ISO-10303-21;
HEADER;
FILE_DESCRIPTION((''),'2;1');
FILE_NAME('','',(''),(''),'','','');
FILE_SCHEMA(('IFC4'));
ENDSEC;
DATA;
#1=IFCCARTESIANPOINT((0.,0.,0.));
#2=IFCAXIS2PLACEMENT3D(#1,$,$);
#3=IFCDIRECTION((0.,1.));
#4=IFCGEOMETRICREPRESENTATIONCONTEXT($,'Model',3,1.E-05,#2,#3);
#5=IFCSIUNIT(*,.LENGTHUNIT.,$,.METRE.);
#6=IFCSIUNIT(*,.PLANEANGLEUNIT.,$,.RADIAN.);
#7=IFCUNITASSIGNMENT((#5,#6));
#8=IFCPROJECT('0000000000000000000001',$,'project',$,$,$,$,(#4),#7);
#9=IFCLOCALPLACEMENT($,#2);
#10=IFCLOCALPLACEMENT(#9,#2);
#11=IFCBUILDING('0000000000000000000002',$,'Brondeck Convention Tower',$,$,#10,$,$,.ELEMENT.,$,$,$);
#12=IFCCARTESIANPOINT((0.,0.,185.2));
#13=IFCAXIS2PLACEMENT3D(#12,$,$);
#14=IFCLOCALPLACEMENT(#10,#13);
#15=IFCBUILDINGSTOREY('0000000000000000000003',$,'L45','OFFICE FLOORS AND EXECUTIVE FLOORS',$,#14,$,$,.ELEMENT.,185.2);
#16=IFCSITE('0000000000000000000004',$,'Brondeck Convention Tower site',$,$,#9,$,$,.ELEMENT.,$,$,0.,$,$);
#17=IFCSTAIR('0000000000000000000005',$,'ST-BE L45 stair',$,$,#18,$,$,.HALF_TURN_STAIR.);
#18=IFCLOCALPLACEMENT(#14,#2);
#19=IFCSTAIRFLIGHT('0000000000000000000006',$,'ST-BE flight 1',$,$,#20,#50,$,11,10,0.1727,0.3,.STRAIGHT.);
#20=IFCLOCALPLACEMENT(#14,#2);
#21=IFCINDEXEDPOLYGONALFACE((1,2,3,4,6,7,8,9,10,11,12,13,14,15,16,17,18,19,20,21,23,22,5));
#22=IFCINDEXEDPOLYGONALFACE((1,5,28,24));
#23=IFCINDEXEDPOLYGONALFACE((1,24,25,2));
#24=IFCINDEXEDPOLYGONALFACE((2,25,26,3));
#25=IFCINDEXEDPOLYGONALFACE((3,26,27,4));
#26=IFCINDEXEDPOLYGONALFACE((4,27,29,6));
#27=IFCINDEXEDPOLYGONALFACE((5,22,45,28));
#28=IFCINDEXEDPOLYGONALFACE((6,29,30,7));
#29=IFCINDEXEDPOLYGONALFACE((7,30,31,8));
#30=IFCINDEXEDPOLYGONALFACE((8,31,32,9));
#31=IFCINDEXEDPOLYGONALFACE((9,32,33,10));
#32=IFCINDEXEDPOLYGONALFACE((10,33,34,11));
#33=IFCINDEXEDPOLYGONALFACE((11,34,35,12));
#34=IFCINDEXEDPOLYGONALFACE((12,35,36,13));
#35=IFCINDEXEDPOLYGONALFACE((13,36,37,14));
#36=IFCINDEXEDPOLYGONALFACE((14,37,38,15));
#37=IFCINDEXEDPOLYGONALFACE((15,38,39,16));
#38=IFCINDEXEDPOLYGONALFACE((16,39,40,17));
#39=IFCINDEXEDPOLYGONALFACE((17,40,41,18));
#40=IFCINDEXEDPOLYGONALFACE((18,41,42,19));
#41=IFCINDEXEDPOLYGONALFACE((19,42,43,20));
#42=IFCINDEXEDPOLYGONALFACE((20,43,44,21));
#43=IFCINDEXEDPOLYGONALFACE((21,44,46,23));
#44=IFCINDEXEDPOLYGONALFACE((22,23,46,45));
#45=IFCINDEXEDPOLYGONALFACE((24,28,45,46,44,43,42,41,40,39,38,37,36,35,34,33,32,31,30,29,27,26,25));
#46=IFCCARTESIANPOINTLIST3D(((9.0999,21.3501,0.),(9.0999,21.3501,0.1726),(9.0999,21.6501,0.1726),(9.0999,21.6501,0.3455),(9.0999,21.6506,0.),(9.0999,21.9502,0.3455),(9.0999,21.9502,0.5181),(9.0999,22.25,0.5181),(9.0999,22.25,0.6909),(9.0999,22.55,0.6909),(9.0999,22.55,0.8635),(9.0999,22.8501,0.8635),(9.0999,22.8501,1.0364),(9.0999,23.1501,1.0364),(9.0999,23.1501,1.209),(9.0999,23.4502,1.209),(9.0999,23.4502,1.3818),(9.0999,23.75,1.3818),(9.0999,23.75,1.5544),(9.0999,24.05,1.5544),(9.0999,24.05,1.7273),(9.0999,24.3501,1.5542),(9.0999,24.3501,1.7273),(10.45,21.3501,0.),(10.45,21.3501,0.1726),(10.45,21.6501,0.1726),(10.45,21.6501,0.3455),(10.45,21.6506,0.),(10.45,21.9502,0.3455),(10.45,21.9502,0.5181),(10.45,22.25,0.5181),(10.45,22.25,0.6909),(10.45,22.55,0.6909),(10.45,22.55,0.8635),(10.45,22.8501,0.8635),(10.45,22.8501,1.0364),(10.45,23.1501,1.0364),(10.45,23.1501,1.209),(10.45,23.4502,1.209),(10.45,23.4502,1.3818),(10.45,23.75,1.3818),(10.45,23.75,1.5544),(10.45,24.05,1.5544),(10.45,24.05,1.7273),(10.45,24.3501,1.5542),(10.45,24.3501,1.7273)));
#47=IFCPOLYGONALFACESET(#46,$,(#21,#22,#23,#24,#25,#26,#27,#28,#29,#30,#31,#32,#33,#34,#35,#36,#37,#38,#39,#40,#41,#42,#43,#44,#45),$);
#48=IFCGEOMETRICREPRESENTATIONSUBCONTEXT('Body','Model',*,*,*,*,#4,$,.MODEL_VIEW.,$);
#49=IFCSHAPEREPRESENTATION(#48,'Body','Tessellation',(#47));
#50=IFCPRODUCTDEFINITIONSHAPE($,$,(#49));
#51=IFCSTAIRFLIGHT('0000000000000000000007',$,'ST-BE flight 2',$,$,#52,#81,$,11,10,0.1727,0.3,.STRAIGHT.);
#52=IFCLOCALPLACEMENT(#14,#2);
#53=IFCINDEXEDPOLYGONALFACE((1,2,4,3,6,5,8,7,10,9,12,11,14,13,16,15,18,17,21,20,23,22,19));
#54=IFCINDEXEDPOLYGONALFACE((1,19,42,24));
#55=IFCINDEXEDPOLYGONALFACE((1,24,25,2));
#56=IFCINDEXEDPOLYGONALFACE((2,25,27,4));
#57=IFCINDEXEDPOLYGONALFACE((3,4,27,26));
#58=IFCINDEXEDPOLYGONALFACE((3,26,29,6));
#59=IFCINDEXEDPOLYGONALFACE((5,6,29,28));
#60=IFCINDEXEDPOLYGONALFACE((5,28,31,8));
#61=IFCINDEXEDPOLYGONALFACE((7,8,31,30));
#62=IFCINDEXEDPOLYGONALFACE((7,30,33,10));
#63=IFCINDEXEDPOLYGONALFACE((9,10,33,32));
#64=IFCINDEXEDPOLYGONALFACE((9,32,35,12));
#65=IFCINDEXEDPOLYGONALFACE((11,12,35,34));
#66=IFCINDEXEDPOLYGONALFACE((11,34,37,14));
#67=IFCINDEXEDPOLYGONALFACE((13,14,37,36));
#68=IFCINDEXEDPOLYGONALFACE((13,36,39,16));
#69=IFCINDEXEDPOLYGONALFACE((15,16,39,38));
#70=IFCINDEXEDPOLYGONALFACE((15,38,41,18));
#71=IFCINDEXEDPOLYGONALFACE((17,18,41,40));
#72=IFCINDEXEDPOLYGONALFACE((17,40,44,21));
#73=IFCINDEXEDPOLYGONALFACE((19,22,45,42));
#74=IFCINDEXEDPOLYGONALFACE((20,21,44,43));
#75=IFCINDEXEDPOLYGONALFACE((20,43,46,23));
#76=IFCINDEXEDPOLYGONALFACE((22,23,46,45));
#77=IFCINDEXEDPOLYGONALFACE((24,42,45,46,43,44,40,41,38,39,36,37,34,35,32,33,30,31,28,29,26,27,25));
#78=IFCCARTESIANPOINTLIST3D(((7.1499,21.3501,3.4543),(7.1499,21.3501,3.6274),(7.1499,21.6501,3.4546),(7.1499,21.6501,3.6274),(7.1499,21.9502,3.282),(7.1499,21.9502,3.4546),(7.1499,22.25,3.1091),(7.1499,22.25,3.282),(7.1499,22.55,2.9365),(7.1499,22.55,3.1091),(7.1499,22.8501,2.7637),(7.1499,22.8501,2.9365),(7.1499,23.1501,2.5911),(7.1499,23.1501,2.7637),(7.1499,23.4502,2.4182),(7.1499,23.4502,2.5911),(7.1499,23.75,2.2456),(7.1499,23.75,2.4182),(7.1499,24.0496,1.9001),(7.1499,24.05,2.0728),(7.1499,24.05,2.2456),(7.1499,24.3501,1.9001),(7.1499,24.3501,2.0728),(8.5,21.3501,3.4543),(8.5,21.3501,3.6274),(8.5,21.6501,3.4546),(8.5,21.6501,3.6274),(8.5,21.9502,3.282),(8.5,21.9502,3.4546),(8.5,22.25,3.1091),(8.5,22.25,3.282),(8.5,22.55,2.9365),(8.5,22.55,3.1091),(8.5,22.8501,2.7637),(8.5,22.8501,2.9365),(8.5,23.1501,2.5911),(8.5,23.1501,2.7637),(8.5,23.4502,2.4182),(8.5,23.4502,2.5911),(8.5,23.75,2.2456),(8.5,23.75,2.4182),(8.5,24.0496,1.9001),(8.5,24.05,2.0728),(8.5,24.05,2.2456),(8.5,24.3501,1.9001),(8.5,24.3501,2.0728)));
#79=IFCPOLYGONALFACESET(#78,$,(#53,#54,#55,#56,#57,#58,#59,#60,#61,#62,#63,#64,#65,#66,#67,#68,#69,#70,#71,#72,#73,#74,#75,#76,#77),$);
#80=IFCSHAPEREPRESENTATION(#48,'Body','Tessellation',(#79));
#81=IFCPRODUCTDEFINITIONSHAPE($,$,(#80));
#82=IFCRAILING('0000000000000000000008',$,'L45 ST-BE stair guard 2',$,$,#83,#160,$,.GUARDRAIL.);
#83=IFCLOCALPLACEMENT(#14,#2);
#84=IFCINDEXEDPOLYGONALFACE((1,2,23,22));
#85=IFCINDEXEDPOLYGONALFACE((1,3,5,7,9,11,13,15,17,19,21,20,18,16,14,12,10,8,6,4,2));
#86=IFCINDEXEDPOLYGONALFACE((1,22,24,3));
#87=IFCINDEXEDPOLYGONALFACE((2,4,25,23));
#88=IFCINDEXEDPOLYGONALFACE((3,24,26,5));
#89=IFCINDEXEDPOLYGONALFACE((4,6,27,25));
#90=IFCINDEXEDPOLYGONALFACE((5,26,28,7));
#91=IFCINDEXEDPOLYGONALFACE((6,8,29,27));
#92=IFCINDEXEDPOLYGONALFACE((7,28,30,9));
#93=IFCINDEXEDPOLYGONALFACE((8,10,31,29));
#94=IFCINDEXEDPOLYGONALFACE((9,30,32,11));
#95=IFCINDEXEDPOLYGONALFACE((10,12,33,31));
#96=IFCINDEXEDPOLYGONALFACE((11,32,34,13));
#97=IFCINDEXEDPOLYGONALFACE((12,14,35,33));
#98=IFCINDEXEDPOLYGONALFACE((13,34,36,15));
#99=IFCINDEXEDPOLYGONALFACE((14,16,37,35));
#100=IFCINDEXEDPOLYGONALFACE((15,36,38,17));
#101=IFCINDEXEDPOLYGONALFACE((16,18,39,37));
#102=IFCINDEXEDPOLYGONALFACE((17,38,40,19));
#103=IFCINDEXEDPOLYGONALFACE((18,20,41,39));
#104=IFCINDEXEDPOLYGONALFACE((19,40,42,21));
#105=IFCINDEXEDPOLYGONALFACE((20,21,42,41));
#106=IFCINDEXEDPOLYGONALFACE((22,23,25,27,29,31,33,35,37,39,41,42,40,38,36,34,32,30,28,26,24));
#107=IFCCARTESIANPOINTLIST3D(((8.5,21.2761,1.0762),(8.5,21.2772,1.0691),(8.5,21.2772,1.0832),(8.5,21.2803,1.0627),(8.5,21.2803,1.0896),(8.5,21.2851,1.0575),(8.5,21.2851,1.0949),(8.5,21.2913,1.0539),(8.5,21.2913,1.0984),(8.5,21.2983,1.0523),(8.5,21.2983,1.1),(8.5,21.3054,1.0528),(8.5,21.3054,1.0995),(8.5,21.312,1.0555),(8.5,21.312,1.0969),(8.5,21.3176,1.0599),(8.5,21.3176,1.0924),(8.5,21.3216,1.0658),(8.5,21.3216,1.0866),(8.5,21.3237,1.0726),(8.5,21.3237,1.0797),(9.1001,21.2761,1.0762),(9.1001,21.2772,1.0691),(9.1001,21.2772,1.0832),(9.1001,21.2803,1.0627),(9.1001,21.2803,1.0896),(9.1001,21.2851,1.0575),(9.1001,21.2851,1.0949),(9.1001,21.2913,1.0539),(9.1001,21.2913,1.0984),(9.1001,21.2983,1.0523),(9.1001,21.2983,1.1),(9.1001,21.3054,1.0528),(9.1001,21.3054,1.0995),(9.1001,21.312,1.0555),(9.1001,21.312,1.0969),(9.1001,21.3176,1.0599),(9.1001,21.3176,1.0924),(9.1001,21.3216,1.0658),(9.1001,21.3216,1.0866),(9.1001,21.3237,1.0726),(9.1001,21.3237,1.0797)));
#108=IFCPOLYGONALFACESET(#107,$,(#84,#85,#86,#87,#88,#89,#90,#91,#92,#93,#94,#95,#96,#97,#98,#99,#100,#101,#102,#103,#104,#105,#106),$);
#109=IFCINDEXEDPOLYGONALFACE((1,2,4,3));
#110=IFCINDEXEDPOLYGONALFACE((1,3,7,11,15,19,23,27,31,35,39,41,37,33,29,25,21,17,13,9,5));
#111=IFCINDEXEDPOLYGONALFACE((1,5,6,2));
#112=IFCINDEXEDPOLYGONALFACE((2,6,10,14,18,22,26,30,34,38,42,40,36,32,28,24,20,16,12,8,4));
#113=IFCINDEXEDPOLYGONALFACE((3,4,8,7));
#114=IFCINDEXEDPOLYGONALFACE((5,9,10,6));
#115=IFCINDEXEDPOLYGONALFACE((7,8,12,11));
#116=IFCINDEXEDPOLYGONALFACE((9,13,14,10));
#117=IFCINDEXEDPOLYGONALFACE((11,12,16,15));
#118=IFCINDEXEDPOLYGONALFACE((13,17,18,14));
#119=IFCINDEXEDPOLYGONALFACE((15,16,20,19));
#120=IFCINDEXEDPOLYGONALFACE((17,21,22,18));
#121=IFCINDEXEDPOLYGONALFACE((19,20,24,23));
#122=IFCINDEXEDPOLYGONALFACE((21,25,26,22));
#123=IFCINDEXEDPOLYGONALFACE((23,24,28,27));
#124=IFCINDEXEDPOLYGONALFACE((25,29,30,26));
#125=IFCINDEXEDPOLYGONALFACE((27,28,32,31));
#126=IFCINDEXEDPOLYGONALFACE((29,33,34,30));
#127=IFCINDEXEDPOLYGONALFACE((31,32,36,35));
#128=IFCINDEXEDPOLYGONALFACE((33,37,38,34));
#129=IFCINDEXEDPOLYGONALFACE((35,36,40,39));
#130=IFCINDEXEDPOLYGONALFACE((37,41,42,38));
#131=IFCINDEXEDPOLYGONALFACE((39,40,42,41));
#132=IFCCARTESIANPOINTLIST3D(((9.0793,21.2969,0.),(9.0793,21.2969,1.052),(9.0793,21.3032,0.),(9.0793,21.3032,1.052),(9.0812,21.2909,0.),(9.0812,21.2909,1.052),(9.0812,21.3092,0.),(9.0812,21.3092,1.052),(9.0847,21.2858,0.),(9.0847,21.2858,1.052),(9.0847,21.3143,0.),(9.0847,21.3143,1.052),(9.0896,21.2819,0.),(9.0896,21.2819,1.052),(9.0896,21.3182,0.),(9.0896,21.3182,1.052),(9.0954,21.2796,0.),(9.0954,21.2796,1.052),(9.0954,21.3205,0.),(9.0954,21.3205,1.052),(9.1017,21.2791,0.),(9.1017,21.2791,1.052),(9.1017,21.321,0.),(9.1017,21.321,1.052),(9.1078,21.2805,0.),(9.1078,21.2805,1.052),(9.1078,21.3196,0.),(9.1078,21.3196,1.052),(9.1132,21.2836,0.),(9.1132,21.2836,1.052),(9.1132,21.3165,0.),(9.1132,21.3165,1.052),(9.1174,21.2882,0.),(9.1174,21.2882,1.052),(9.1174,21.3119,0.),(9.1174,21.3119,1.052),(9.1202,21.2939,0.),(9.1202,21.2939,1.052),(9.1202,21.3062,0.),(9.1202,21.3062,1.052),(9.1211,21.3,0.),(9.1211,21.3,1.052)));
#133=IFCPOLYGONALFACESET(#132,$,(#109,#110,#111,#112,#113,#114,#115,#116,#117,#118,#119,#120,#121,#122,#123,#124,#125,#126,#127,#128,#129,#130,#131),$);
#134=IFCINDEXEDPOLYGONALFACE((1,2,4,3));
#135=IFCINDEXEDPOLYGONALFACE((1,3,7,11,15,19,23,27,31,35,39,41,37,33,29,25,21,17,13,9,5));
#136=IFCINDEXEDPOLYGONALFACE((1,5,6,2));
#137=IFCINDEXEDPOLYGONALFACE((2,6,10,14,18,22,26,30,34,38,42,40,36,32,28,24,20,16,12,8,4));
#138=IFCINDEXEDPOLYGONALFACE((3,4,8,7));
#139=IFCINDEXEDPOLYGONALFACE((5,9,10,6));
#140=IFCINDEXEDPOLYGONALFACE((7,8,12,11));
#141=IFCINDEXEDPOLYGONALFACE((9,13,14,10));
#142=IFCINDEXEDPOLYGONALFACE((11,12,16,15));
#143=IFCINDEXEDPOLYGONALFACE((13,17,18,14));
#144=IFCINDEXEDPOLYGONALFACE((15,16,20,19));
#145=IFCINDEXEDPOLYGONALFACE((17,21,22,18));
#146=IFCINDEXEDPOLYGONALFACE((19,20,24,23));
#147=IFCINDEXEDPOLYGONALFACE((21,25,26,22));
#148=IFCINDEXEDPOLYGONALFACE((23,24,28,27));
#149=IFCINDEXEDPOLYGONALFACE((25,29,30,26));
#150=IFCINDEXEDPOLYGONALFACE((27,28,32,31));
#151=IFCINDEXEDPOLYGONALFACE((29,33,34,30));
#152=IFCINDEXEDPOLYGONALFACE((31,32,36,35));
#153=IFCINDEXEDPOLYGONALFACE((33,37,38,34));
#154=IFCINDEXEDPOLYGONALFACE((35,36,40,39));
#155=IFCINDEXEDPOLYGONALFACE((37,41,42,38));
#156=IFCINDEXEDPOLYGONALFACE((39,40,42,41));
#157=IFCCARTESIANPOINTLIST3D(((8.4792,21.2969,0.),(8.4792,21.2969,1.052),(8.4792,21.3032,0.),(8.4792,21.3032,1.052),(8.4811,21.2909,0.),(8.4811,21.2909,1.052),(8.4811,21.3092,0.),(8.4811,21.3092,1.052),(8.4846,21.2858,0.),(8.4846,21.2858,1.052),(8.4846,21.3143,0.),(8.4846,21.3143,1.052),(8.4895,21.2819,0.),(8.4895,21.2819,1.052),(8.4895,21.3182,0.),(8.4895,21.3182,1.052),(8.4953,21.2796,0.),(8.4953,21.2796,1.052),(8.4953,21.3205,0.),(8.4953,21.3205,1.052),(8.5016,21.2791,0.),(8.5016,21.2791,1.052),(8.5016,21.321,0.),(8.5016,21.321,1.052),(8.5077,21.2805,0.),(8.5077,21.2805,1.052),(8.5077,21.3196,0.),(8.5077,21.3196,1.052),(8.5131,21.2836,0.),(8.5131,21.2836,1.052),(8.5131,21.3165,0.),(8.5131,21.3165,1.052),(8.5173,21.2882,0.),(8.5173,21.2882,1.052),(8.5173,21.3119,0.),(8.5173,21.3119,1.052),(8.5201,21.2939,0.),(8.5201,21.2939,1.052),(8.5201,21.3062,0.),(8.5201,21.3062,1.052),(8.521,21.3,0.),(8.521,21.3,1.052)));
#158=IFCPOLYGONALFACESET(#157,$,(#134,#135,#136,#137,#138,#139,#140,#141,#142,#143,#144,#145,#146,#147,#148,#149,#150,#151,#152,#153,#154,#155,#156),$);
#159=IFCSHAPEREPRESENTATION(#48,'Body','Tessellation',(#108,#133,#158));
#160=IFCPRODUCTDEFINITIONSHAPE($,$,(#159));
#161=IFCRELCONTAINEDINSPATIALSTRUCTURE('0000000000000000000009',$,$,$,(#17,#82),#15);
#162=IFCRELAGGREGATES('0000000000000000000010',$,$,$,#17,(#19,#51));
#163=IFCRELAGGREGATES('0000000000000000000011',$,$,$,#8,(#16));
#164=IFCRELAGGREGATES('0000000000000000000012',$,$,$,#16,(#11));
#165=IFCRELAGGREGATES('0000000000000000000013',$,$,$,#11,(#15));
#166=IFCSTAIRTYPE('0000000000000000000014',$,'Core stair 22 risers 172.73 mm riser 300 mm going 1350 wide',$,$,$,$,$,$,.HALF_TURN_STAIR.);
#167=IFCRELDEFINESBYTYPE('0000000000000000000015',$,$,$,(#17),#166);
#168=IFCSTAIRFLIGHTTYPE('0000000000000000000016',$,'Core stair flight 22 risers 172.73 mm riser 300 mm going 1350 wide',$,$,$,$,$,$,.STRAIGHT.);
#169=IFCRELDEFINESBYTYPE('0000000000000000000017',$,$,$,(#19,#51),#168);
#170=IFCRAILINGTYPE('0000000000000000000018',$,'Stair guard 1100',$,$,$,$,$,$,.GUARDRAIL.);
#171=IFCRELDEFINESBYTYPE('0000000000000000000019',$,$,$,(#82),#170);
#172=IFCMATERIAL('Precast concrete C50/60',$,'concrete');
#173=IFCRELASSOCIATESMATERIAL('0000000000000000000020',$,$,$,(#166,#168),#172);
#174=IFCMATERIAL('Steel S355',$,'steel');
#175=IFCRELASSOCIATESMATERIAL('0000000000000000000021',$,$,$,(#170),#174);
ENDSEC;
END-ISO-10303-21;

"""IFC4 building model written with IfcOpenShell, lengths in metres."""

from ifc_helpers import new_model, si_unit, direction, frame, origin, origin_2d, place, context, subcontext, project, spatial, polyline, circle, outline, extrude, material, type_object, element, aggregate, save


model = new_model("IFC4")

# Units and contexts
model_context = context("Model", 3, precision=1e-05, world=origin(), true_north=direction((0.0, 1.0)))
body_context = subcontext(model_context, "Body", "Model", "MODEL_VIEW")
ifc_project = project(units=[si_unit("LENGTHUNIT", "METRE"), si_unit("PLANEANGLEUNIT", "RADIAN")], contexts=[model_context])

# Site, building, storey
site_placement = place(None, origin())
site = spatial("IfcSite", under=ifc_project, at=site_placement, Name="Brondeck Convention Tower site", CompositionType="ELEMENT", RefElevation=0.0)
building_placement = place(site_placement, origin())
building = spatial("IfcBuilding", under=site, at=building_placement, Name="Brondeck Convention Tower", CompositionType="ELEMENT")
storey_placement = place(building_placement, frame((0.0, 0.0, 185.2)))
storey = spatial("IfcBuildingStorey", under=building, at=storey_placement, Name="L45", Description="OFFICE FLOORS AND EXECUTIVE FLOORS", CompositionType="ELEMENT", Elevation=185.2)

# Shared definitions
ifc_material_1 = material(Name="Steel S355", Category="steel")

# Stair, stair flights
ifc_material_2 = material(Name="Precast concrete C50/60", Category="concrete")
stair_type = type_object("IfcStairType", Name="Core stair 22 risers 172.73 mm riser 300 mm going 1350 wide", PredefinedType="HALF_TURN_STAIR", material=ifc_material_2)
stair_placement = place(storey_placement, origin())
stair = element("IfcStair", 1, at=stair_placement, inside=storey, type_object=stair_type, Name="ST-BE L45 stair", PredefinedType="HALF_TURN_STAIR")
stair_flight_type = type_object("IfcStairFlightType", Name="Core stair flight 22 risers 172.73 mm riser 300 mm going 1350 wide", PredefinedType="STRAIGHT", material=ifc_material_2)
stair_flight_1_placement = place(storey_placement, frame((9.7749, 21.3501, 0.0), z_axis=(0.0, 0.0, 1.0), x_axis=(0.0, 1.0, 0.0)))
stair_flight_1 = element("IfcStairFlight", 2, at=stair_flight_1_placement, type_object=stair_flight_type, Name="ST-BE flight 1", NumberOfRisers=11, NumberOfTreads=10, PredefinedType="STRAIGHT", RiserHeight=0.1727, TreadLength=0.3, context=body_context, shape_type="SweptSolid", body=[
    extrude(outline(polyline([(0.0, 0.0), (0.0, 0.1726), (0.3, 0.1726), (0.3, 0.3455), (0.6001, 0.3455), (0.6001, 0.5181), (0.8999, 0.5181), (0.8999, 0.6909), (1.2, 0.6909), (1.2, 0.8635), (1.5, 0.8635), (1.5, 1.0364), (1.8, 1.0364), (1.8, 1.209), (2.1001, 1.209), (2.1001, 1.3818), (2.3999, 1.3818), (2.3999, 1.5544), (2.7, 1.5544), (2.7, 1.7273), (3.0, 1.7273), (3.0, 1.8999), (3.0, 1.5542), (0.3005, 0.0), (0.0, 0.0)])), frame((0.0, 0.675, 0.0), z_axis=(0.0, -1.0, 0.0), x_axis=(1.0, 0.0, 0.0)), (0.0, 0.0, 1.0), 1.3501),
])
stair_flight_2_placement = place(storey_placement, frame((7.825, 24.3501, 1.9001), z_axis=(0.0, 0.0, 1.0), x_axis=(0.0, -1.0, 0.0)))
stair_flight_2 = element("IfcStairFlight", 3, at=stair_flight_2_placement, type_object=stair_flight_type, Name="ST-BE flight 2", NumberOfRisers=11, NumberOfTreads=10, PredefinedType="STRAIGHT", RiserHeight=0.1727, TreadLength=0.3, context=body_context, shape_type="SweptSolid", body=[
    extrude(outline(polyline([(0.0, 0.0), (0.0, 0.1726), (0.3, 0.1726), (0.3, 0.3455), (0.6001, 0.3455), (0.6001, 0.5181), (0.8999, 0.5181), (0.8999, 0.6909), (1.2, 0.6909), (1.2, 0.8635), (1.5, 0.8635), (1.5, 1.0364), (1.8, 1.0364), (1.8, 1.209), (2.1001, 1.209), (2.1001, 1.3818), (2.3999, 1.3818), (2.3999, 1.5544), (2.7, 1.5544), (2.7, 1.7273), (3.0, 1.7273), (3.0, 1.8999), (3.0, 1.5542), (0.3005, 0.0), (0.0, 0.0)])), frame((0.0, 0.675, 0.0), z_axis=(0.0, -1.0, 0.0), x_axis=(1.0, 0.0, 0.0)), (0.0, 0.0, 1.0), 1.3501),
])
aggregate(stair, [stair_flight_1, stair_flight_2])

# Railing
railing_type_1 = type_object("IfcRailingType", Name="Stair guard 1100", PredefinedType="GUARDRAIL", material=ifc_material_1)
railing_1_placement = place(storey_placement, frame((9.1001, 21.3, 0.0)))
element("IfcRailing", 4, at=railing_1_placement, inside=storey, type_object=railing_type_1, Name="L45 ST-BE stair guard 2", PredefinedType="GUARDRAIL", context=body_context, shape_type="SweptSolid", body=[
    extrude(circle(Radius=0.0239, at=origin_2d()), frame((0.0, 0.0, 1.0762), z_axis=(-1.0, 0.0, 0.0), x_axis=(0.0, -1.0, 0.0)), (0.0, 0.0, 1.0), 0.6001),
    extrude(circle(Radius=0.021, at=origin_2d()), origin(), (0.0, 0.0, 1.0), 1.052),
    extrude(circle(Radius=0.021, at=origin_2d()), frame((-0.6001, 0.0, 0.0)), (0.0, 0.0, 1.0), 1.052),
])

save(model, "model.ifc")
